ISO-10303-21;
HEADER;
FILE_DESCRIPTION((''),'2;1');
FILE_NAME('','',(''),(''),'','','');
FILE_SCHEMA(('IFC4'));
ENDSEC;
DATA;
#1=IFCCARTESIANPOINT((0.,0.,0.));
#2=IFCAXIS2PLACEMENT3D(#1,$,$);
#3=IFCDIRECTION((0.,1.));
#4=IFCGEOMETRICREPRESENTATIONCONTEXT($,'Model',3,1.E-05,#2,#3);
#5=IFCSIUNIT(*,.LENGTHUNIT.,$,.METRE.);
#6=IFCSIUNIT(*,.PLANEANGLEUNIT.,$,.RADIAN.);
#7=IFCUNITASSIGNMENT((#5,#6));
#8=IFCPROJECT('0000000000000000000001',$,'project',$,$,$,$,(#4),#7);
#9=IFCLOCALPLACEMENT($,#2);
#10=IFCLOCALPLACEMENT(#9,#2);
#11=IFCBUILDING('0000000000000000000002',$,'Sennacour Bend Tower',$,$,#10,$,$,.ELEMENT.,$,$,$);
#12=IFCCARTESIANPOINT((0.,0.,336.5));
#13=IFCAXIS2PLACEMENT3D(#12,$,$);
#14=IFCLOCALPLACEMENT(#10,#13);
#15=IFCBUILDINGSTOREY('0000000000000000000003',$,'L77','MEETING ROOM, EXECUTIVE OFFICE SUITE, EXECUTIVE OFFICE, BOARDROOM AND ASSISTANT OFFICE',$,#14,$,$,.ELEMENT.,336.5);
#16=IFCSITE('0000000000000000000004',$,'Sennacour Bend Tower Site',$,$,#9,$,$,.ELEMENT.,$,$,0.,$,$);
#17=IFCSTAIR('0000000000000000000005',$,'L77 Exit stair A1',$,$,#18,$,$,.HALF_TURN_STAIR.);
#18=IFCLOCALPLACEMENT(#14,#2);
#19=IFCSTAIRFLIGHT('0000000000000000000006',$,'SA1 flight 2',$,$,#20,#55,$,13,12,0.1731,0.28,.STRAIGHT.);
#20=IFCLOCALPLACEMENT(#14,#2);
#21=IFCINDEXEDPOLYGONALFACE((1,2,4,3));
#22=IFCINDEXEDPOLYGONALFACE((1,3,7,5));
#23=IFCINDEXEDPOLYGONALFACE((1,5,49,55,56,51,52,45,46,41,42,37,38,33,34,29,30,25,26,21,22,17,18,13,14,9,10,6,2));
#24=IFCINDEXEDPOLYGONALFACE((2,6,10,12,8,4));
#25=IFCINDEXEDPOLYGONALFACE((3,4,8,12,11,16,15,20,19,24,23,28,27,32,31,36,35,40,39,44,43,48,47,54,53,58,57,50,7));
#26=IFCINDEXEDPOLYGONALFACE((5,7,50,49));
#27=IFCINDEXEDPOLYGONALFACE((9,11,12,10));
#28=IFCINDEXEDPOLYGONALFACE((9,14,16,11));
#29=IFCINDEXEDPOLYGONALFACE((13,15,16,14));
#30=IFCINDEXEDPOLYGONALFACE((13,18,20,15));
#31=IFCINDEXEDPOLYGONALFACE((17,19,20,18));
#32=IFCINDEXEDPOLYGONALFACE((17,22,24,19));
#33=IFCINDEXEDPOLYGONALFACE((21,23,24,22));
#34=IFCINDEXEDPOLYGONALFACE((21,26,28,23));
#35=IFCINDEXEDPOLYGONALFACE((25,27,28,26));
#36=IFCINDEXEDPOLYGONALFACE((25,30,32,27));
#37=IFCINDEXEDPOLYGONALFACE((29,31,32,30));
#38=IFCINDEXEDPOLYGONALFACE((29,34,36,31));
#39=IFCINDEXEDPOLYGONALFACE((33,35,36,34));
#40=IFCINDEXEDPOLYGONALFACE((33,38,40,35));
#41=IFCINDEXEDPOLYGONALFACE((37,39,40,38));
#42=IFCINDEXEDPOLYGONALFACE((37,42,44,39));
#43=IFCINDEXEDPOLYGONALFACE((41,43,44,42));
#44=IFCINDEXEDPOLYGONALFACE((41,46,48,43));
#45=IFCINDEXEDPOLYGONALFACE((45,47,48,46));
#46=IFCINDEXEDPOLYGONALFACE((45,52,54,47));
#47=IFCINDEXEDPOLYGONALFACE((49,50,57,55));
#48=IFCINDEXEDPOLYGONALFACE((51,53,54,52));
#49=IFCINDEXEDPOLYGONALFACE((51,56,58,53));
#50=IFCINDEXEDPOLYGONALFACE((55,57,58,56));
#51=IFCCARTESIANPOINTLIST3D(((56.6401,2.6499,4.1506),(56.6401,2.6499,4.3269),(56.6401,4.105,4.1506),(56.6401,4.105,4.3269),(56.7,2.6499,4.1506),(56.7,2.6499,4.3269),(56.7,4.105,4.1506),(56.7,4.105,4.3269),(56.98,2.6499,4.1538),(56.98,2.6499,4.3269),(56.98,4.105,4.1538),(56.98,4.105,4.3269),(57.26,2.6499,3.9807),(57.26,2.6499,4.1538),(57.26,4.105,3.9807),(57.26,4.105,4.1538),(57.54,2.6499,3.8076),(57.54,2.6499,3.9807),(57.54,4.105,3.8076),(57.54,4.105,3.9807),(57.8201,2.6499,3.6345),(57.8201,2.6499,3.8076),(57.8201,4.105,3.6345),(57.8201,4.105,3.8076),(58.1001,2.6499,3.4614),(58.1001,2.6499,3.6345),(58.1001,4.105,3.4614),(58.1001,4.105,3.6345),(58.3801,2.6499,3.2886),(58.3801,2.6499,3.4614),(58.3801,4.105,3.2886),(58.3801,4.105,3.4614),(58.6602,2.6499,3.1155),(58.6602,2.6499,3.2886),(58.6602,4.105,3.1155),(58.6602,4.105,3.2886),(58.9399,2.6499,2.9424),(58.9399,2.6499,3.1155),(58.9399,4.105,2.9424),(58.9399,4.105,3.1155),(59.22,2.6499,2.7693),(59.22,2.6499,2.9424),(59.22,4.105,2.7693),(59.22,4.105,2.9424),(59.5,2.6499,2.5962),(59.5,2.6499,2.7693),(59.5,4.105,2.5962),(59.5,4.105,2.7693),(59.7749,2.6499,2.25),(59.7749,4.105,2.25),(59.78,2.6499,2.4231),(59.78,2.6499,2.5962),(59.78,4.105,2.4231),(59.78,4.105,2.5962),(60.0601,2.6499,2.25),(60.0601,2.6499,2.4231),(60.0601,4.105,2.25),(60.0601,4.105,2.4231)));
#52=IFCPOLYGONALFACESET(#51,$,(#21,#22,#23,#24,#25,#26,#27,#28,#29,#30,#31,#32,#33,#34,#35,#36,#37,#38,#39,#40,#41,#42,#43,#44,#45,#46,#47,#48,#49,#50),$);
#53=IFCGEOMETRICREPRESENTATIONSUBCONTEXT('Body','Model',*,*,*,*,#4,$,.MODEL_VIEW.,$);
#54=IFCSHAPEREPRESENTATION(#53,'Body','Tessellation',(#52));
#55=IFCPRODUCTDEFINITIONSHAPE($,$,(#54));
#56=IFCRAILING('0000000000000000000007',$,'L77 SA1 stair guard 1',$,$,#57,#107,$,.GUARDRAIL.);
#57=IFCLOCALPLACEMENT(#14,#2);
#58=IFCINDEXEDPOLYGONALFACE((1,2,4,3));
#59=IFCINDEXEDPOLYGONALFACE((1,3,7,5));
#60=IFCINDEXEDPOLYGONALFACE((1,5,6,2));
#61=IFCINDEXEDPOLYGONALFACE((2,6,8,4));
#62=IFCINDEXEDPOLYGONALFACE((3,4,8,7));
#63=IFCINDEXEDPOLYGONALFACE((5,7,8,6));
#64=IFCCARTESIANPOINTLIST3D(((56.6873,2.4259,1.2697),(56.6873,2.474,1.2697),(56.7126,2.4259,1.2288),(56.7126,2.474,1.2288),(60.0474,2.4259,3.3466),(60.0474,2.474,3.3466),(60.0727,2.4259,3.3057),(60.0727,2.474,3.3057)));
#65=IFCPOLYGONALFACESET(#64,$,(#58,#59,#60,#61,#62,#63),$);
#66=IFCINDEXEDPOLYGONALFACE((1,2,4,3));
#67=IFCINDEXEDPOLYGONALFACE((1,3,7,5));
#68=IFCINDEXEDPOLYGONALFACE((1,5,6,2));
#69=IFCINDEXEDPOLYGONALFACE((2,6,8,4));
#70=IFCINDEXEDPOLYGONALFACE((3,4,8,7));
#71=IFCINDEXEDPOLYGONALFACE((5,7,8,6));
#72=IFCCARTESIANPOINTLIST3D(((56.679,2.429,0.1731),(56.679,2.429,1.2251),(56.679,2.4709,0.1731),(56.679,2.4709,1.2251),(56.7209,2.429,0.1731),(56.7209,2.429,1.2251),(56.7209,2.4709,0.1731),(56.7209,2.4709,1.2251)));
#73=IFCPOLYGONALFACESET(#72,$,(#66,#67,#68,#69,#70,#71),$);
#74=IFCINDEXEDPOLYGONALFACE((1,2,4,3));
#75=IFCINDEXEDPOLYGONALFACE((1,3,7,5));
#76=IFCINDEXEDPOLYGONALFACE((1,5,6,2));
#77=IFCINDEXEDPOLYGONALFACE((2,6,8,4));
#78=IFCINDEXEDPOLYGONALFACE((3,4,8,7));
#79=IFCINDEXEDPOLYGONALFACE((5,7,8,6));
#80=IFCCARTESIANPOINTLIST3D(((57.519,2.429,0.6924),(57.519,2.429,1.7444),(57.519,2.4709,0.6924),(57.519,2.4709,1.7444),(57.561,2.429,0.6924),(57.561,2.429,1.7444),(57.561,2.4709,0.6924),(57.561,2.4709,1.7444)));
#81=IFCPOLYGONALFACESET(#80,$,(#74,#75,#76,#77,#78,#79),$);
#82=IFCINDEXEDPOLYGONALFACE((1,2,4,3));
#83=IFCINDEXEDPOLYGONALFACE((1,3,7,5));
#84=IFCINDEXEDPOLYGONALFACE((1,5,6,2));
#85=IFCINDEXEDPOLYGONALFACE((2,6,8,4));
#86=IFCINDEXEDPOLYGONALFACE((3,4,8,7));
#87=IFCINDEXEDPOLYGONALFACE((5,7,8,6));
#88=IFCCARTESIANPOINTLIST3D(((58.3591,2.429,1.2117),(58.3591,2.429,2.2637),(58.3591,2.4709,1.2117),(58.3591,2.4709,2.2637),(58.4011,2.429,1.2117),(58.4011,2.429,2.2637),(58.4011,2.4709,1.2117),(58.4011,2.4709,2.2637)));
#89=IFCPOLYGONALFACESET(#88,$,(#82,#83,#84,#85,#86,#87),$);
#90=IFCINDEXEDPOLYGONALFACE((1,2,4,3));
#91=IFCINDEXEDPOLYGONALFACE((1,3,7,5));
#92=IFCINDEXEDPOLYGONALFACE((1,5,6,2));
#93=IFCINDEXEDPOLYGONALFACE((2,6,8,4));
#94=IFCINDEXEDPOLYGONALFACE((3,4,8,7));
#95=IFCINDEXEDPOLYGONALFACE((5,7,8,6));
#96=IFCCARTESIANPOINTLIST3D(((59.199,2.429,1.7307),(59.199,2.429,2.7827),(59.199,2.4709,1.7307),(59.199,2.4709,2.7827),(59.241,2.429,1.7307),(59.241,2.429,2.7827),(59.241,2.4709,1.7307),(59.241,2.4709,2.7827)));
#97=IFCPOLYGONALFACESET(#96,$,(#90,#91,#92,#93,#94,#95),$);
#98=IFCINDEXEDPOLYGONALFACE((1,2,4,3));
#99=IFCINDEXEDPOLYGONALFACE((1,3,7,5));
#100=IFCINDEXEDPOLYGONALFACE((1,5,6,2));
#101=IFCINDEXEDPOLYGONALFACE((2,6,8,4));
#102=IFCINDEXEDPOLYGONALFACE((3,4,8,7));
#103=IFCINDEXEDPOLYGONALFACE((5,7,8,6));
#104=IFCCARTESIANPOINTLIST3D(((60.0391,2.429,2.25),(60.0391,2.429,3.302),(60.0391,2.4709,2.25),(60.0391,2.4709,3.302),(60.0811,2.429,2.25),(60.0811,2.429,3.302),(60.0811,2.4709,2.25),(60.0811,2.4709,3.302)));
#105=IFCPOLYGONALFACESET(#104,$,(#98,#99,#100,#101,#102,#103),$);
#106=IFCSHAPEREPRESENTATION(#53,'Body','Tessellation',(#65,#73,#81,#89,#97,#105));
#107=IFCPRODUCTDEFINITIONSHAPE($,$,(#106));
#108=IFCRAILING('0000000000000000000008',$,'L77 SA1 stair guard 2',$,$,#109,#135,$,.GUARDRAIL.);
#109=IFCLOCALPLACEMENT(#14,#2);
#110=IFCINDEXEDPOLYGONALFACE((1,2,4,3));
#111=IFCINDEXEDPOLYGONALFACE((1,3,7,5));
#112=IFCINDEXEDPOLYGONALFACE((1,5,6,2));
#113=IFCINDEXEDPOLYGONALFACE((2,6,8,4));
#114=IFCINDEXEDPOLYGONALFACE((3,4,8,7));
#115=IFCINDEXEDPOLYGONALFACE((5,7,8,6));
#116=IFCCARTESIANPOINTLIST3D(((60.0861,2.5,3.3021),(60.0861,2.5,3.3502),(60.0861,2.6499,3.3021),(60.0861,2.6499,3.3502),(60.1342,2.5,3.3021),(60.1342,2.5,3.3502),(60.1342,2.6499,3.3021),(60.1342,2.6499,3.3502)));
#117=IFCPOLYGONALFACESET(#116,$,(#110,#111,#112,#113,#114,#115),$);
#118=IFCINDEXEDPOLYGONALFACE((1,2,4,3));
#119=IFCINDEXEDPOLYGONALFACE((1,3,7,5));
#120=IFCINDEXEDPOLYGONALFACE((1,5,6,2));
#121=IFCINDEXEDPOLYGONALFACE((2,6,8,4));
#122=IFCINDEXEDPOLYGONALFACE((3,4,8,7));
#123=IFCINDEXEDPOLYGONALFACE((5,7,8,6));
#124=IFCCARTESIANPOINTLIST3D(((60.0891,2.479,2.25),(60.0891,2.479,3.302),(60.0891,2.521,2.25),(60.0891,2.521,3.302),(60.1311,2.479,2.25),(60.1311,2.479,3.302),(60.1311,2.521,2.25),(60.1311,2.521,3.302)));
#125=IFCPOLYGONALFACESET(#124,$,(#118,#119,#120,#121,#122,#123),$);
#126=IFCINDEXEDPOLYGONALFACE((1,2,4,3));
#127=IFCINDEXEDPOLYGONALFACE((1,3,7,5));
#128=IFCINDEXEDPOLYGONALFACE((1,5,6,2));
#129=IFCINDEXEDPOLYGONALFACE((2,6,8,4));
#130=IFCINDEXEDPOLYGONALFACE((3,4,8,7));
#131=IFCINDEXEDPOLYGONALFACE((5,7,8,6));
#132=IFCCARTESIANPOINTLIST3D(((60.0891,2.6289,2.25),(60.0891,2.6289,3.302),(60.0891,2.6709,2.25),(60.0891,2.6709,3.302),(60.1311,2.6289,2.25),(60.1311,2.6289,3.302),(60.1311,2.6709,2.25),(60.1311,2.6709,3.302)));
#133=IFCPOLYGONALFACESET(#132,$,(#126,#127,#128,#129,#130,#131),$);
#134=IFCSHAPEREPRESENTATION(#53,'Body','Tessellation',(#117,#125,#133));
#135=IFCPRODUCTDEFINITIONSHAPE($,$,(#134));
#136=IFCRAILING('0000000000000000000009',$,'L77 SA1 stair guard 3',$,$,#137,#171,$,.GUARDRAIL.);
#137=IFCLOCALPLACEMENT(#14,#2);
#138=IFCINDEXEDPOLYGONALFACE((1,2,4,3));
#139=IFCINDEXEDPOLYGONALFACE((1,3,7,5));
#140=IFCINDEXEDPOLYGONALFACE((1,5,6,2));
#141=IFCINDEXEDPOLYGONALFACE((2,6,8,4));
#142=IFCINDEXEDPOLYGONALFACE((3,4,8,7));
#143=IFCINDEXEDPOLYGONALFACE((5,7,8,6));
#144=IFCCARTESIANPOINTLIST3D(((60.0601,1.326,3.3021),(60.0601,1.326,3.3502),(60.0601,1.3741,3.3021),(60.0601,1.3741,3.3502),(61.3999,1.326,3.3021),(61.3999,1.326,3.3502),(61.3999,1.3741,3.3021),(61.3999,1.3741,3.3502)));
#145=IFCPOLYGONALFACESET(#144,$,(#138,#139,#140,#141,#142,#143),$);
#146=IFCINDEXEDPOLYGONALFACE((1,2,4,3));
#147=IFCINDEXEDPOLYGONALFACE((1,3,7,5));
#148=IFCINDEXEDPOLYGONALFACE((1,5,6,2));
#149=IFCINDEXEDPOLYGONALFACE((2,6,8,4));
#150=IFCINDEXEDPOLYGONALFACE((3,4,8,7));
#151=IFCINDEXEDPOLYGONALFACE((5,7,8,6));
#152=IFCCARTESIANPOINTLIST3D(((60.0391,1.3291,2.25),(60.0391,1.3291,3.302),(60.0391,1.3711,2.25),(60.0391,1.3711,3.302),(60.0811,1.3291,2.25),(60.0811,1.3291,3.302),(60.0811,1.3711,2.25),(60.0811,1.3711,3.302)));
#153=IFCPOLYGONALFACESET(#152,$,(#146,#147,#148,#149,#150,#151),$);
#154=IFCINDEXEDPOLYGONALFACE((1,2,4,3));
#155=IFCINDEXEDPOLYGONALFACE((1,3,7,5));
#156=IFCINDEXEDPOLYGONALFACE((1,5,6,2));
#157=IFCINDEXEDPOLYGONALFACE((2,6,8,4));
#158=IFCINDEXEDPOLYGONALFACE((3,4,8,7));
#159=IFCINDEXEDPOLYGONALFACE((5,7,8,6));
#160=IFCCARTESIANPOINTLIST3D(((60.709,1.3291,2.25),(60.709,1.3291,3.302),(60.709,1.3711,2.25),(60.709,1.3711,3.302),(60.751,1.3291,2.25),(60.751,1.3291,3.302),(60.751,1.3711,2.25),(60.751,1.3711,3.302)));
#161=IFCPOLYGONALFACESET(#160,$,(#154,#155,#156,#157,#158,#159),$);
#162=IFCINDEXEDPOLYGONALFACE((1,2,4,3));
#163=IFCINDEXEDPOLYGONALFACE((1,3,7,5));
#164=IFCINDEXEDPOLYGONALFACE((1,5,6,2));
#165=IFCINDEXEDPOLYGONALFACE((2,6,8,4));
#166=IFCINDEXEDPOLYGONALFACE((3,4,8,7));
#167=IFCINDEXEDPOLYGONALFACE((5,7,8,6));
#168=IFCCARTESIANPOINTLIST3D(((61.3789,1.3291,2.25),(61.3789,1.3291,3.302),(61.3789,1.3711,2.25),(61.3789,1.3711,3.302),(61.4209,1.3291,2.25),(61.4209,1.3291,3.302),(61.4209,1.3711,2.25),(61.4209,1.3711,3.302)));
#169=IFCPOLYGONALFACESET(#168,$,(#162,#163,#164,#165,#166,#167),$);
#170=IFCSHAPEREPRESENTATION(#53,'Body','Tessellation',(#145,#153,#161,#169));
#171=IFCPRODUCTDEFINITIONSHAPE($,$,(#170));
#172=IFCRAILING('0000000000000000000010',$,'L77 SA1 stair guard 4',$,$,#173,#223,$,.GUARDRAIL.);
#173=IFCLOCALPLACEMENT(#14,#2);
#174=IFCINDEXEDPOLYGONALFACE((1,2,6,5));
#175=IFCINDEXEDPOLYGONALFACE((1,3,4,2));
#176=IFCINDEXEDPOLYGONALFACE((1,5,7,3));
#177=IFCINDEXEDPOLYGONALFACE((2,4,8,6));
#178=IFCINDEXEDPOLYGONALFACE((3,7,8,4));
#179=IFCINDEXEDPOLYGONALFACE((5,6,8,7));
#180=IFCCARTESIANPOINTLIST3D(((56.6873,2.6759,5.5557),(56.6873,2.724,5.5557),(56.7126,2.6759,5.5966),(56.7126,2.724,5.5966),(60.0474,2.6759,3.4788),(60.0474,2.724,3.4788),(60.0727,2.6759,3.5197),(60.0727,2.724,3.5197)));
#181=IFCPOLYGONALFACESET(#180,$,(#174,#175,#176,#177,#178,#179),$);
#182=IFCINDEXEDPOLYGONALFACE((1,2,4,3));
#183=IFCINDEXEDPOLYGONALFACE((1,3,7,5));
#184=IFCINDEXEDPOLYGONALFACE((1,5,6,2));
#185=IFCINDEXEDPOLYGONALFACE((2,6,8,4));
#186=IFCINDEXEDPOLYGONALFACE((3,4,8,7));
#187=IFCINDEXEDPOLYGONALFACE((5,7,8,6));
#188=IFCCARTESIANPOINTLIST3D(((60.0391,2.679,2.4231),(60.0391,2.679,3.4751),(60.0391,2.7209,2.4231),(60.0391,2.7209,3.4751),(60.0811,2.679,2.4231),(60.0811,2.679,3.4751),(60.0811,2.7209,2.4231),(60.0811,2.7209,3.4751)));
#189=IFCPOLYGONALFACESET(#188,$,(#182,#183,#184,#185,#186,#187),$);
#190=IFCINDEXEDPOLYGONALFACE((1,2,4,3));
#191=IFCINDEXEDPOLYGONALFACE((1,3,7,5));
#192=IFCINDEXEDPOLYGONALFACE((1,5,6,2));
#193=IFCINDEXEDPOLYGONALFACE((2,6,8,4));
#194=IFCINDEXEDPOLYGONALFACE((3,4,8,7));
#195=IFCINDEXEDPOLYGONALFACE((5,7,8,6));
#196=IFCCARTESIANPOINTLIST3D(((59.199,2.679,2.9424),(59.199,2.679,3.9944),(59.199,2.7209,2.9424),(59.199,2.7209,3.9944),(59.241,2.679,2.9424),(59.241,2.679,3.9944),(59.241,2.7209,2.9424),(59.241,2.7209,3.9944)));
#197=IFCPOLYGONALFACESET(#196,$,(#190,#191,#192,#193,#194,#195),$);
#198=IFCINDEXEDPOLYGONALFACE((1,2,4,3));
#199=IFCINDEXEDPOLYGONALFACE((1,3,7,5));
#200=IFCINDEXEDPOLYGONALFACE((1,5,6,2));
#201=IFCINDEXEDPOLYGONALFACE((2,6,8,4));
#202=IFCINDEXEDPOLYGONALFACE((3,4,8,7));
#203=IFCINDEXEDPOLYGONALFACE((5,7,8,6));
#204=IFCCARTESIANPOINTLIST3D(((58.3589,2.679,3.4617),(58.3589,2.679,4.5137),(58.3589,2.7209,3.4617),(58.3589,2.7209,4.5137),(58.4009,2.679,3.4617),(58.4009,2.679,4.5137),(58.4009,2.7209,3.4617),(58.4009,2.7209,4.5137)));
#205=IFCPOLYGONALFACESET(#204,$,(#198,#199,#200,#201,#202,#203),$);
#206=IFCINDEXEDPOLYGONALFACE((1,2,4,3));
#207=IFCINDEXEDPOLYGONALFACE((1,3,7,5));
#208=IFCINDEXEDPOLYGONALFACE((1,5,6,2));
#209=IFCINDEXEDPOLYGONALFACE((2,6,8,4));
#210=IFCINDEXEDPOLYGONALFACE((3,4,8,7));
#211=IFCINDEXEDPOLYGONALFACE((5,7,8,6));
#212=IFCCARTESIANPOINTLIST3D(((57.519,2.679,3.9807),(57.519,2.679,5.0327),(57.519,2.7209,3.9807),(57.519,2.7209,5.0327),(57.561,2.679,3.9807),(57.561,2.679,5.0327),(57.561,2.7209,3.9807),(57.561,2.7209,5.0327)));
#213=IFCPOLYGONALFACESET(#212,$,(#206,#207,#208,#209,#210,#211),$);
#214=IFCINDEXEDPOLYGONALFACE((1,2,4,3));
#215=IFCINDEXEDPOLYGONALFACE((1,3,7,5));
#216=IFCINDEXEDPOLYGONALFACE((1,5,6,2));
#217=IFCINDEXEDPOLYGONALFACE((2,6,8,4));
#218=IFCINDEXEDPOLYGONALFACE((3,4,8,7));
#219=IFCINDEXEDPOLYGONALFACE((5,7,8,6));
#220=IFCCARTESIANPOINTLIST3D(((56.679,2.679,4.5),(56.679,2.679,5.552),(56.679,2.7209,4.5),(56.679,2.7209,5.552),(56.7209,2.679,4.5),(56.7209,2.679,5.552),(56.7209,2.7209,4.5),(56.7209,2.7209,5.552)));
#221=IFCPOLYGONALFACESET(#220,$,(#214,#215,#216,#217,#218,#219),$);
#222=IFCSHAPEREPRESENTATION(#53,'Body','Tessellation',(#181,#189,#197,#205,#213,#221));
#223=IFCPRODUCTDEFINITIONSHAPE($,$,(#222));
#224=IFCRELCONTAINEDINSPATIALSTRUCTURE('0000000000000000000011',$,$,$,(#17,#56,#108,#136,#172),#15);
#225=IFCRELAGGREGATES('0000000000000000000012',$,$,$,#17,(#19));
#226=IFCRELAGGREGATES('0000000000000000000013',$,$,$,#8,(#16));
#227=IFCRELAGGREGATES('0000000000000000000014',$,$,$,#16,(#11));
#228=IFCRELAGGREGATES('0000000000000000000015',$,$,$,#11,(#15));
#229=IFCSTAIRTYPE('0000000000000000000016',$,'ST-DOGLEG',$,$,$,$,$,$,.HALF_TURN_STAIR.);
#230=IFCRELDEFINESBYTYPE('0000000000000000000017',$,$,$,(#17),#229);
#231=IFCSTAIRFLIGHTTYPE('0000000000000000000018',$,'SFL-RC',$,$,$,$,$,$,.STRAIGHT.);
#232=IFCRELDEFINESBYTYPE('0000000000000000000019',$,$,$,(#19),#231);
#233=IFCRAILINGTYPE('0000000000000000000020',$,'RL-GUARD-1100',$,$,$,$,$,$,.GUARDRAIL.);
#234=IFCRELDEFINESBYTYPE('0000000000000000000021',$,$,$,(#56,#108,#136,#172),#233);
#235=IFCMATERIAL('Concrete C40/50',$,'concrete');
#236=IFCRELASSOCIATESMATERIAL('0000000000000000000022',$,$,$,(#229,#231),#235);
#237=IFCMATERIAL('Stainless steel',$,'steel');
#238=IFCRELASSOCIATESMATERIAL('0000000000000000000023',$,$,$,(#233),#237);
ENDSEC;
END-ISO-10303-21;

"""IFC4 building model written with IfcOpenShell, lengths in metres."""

from ifc_helpers import new_model, si_unit, direction, frame, origin, origin_2d, place, context, subcontext, project, spatial, polyline, rectangle, outline, extrude, material, type_object, element, aggregate, save


model = new_model("IFC4")

# Units and contexts
model_context = context("Model", 3, precision=1e-05, world=origin(), true_north=direction((0.0, 1.0)))
body_context = subcontext(model_context, "Body", "Model", "MODEL_VIEW")
ifc_project = project(units=[si_unit("LENGTHUNIT", "METRE"), si_unit("PLANEANGLEUNIT", "RADIAN")], contexts=[model_context])

# Site, building, storey
site_placement = place(None, origin())
site = spatial("IfcSite", under=ifc_project, at=site_placement, Name="Sennacour Bend Tower Site", CompositionType="ELEMENT", RefElevation=0.0)
building_placement = place(site_placement, origin())
building = spatial("IfcBuilding", under=site, at=building_placement, Name="Sennacour Bend Tower", CompositionType="ELEMENT")
storey_placement = place(building_placement, frame((0.0, 0.0, 336.5)))
storey = spatial("IfcBuildingStorey", under=building, at=storey_placement, Name="L77", Description="MEETING ROOM, EXECUTIVE OFFICE SUITE, EXECUTIVE OFFICE, BOARDROOM AND ASSISTANT OFFICE", CompositionType="ELEMENT", Elevation=336.5)

# Shared definitions
ifc_material_1 = material(Name="Stainless steel", Category="steel")

# Stair, stair flight
ifc_material_2 = material(Name="Concrete C40/50", Category="concrete")
stair_type = type_object("IfcStairType", Name="ST-DOGLEG", PredefinedType="HALF_TURN_STAIR", material=ifc_material_2)
stair_placement = place(storey_placement, origin())
stair = element("IfcStair", 1, at=stair_placement, inside=storey, type_object=stair_type, Name="L77 Exit stair A1", PredefinedType="HALF_TURN_STAIR")
stair_flight_type = type_object("IfcStairFlightType", Name="SFL-RC", PredefinedType="STRAIGHT", material=ifc_material_2)
stair_flight_1_placement = place(storey_placement, frame((60.0601, 3.3774, 2.25), z_axis=(0.0, 0.0, 1.0), x_axis=(-1.0, 0.0, 0.0)))
stair_flight_1 = element("IfcStairFlight", 2, at=stair_flight_1_placement, type_object=stair_flight_type, Name="SA1 flight 2", NumberOfRisers=13, NumberOfTreads=12, PredefinedType="STRAIGHT", RiserHeight=0.1731, TreadLength=0.28, context=body_context, shape_type="SweptSolid", body=[
    extrude(outline(polyline([(0.0, 0.0), (0.0, 0.1731), (0.28, 0.1731), (0.28, 0.3462), (0.5601, 0.3462), (0.5601, 0.5193), (0.8401, 0.5193), (0.8401, 0.6924), (1.1201, 0.6924), (1.1201, 0.8655), (1.3999, 0.8655), (1.3999, 1.0386), (1.6799, 1.0386), (1.6799, 1.2114), (1.96, 1.2114), (1.96, 1.3845), (2.24, 1.3845), (2.24, 1.5576), (2.52, 1.5576), (2.52, 1.7307), (2.8, 1.7307), (2.8, 1.9038), (3.0801, 1.9038), (3.0801, 2.0769), (3.3601, 2.0769), (3.4199, 2.0769), (3.4199, 1.9006), (3.3601, 1.9006), (0.2852, 0.0), (0.0, 0.0)])), frame((0.0, 0.7275, 0.0), z_axis=(0.0, -1.0, 0.0), x_axis=(1.0, 0.0, 0.0)), (0.0, 0.0, 1.0), 1.4551),
])
aggregate(stair, [stair_flight_1])

# Railings
railing_type_1 = type_object("IfcRailingType", Name="RL-GUARD-1100", PredefinedType="GUARDRAIL", material=ifc_material_1)
railing_1_placement = place(storey_placement, frame((56.7, 2.45, 0.1731)))
element("IfcRailing", 3, at=railing_1_placement, inside=storey, type_object=railing_type_1, Name="L77 SA1 stair guard 1", PredefinedType="GUARDRAIL", context=body_context, shape_type="SweptSolid", body=[
    extrude(rectangle(XDim=0.0481, YDim=0.0481, at=origin_2d()), frame((0.0, 0.0, 1.0762), z_axis=(0.850623, 0.0, 0.525776), x_axis=(0.0, 1.0, 0.0)), (0.0, 0.0, 1.0), 3.9502),
    extrude(rectangle(XDim=0.042, YDim=0.042, at=origin_2d()), origin(), (0.0, 0.0, 1.0), 1.052),
    extrude(rectangle(XDim=0.042, YDim=0.042, at=origin_2d()), frame((0.8401, 0.0, 0.5193)), (0.0, 0.0, 1.0), 1.052),
    extrude(rectangle(XDim=0.042, YDim=0.042, at=origin_2d()), frame((1.6802, 0.0, 1.0386)), (0.0, 0.0, 1.0), 1.052),
    extrude(rectangle(XDim=0.042, YDim=0.042, at=origin_2d()), frame((2.52, 0.0, 1.5576)), (0.0, 0.0, 1.0), 1.052),
    extrude(rectangle(XDim=0.042, YDim=0.042, at=origin_2d()), frame((3.3601, 0.0, 2.0769)), (0.0, 0.0, 1.0), 1.052),
])
railing_2_placement = place(storey_placement, frame((60.1101, 2.5, 2.25)))
element("IfcRailing", 4, at=railing_2_placement, inside=storey, type_object=railing_type_1, Name="L77 SA1 stair guard 2", PredefinedType="GUARDRAIL", context=body_context, shape_type="SweptSolid", body=[
    extrude(rectangle(XDim=0.0481, YDim=0.0481, at=origin_2d()), frame((0.0, 0.0, 1.0762), z_axis=(0.0, 1.0, 0.0), x_axis=(-1.0, 0.0, 0.0)), (0.0, 0.0, 1.0), 0.1499),
    extrude(rectangle(XDim=0.042, YDim=0.042, at=origin_2d()), origin(), (0.0, 0.0, 1.0), 1.052),
    extrude(rectangle(XDim=0.042, YDim=0.042, at=origin_2d()), frame((0.0, 0.1499, 0.0)), (0.0, 0.0, 1.0), 1.052),
])
railing_3_placement = place(storey_placement, frame((60.0601, 1.3501, 2.25)))
element("IfcRailing", 5, at=railing_3_placement, inside=storey, type_object=railing_type_1, Name="L77 SA1 stair guard 3", PredefinedType="GUARDRAIL", context=body_context, shape_type="SweptSolid", body=[
    extrude(rectangle(XDim=0.0481, YDim=0.0481, at=origin_2d()), frame((0.0, 0.0, 1.0762), z_axis=(1.0, 0.0, 0.0), x_axis=(0.0, 1.0, 0.0)), (0.0, 0.0, 1.0), 1.3398),
    extrude(rectangle(XDim=0.042, YDim=0.042, at=origin_2d()), origin(), (0.0, 0.0, 1.0), 1.052),
    extrude(rectangle(XDim=0.042, YDim=0.042, at=origin_2d()), frame((0.6699, 0.0, 0.0)), (0.0, 0.0, 1.0), 1.052),
    extrude(rectangle(XDim=0.042, YDim=0.042, at=origin_2d()), frame((1.3398, 0.0, 0.0)), (0.0, 0.0, 1.0), 1.052),
])
railing_4_placement = place(storey_placement, frame((60.0601, 2.7, 2.4231)))
element("IfcRailing", 6, at=railing_4_placement, inside=storey, type_object=railing_type_1, Name="L77 SA1 stair guard 4", PredefinedType="GUARDRAIL", context=body_context, shape_type="SweptSolid", body=[
    extrude(rectangle(XDim=0.0481, YDim=0.0481, at=origin_2d()), frame((0.0, 0.0, 1.0762), z_axis=(-0.850623, 0.0, 0.525776), x_axis=(0.0, -1.0, 0.0)), (0.0, 0.0, 1.0), 3.9502),
    extrude(rectangle(XDim=0.042, YDim=0.042, at=origin_2d()), origin(), (0.0, 0.0, 1.0), 1.052),
    extrude(rectangle(XDim=0.042, YDim=0.042, at=origin_2d()), frame((-0.8401, 0.0, 0.5193)), (0.0, 0.0, 1.0), 1.052),
    extrude(rectangle(XDim=0.042, YDim=0.042, at=origin_2d()), frame((-1.6802, 0.0, 1.0386)), (0.0, 0.0, 1.0), 1.052),
    extrude(rectangle(XDim=0.042, YDim=0.042, at=origin_2d()), frame((-2.52, 0.0, 1.5576)), (0.0, 0.0, 1.0), 1.052),
    extrude(rectangle(XDim=0.042, YDim=0.042, at=origin_2d()), frame((-3.3601, 0.0, 2.0769)), (0.0, 0.0, 1.0), 1.052),
])

save(model, "model.ifc")
